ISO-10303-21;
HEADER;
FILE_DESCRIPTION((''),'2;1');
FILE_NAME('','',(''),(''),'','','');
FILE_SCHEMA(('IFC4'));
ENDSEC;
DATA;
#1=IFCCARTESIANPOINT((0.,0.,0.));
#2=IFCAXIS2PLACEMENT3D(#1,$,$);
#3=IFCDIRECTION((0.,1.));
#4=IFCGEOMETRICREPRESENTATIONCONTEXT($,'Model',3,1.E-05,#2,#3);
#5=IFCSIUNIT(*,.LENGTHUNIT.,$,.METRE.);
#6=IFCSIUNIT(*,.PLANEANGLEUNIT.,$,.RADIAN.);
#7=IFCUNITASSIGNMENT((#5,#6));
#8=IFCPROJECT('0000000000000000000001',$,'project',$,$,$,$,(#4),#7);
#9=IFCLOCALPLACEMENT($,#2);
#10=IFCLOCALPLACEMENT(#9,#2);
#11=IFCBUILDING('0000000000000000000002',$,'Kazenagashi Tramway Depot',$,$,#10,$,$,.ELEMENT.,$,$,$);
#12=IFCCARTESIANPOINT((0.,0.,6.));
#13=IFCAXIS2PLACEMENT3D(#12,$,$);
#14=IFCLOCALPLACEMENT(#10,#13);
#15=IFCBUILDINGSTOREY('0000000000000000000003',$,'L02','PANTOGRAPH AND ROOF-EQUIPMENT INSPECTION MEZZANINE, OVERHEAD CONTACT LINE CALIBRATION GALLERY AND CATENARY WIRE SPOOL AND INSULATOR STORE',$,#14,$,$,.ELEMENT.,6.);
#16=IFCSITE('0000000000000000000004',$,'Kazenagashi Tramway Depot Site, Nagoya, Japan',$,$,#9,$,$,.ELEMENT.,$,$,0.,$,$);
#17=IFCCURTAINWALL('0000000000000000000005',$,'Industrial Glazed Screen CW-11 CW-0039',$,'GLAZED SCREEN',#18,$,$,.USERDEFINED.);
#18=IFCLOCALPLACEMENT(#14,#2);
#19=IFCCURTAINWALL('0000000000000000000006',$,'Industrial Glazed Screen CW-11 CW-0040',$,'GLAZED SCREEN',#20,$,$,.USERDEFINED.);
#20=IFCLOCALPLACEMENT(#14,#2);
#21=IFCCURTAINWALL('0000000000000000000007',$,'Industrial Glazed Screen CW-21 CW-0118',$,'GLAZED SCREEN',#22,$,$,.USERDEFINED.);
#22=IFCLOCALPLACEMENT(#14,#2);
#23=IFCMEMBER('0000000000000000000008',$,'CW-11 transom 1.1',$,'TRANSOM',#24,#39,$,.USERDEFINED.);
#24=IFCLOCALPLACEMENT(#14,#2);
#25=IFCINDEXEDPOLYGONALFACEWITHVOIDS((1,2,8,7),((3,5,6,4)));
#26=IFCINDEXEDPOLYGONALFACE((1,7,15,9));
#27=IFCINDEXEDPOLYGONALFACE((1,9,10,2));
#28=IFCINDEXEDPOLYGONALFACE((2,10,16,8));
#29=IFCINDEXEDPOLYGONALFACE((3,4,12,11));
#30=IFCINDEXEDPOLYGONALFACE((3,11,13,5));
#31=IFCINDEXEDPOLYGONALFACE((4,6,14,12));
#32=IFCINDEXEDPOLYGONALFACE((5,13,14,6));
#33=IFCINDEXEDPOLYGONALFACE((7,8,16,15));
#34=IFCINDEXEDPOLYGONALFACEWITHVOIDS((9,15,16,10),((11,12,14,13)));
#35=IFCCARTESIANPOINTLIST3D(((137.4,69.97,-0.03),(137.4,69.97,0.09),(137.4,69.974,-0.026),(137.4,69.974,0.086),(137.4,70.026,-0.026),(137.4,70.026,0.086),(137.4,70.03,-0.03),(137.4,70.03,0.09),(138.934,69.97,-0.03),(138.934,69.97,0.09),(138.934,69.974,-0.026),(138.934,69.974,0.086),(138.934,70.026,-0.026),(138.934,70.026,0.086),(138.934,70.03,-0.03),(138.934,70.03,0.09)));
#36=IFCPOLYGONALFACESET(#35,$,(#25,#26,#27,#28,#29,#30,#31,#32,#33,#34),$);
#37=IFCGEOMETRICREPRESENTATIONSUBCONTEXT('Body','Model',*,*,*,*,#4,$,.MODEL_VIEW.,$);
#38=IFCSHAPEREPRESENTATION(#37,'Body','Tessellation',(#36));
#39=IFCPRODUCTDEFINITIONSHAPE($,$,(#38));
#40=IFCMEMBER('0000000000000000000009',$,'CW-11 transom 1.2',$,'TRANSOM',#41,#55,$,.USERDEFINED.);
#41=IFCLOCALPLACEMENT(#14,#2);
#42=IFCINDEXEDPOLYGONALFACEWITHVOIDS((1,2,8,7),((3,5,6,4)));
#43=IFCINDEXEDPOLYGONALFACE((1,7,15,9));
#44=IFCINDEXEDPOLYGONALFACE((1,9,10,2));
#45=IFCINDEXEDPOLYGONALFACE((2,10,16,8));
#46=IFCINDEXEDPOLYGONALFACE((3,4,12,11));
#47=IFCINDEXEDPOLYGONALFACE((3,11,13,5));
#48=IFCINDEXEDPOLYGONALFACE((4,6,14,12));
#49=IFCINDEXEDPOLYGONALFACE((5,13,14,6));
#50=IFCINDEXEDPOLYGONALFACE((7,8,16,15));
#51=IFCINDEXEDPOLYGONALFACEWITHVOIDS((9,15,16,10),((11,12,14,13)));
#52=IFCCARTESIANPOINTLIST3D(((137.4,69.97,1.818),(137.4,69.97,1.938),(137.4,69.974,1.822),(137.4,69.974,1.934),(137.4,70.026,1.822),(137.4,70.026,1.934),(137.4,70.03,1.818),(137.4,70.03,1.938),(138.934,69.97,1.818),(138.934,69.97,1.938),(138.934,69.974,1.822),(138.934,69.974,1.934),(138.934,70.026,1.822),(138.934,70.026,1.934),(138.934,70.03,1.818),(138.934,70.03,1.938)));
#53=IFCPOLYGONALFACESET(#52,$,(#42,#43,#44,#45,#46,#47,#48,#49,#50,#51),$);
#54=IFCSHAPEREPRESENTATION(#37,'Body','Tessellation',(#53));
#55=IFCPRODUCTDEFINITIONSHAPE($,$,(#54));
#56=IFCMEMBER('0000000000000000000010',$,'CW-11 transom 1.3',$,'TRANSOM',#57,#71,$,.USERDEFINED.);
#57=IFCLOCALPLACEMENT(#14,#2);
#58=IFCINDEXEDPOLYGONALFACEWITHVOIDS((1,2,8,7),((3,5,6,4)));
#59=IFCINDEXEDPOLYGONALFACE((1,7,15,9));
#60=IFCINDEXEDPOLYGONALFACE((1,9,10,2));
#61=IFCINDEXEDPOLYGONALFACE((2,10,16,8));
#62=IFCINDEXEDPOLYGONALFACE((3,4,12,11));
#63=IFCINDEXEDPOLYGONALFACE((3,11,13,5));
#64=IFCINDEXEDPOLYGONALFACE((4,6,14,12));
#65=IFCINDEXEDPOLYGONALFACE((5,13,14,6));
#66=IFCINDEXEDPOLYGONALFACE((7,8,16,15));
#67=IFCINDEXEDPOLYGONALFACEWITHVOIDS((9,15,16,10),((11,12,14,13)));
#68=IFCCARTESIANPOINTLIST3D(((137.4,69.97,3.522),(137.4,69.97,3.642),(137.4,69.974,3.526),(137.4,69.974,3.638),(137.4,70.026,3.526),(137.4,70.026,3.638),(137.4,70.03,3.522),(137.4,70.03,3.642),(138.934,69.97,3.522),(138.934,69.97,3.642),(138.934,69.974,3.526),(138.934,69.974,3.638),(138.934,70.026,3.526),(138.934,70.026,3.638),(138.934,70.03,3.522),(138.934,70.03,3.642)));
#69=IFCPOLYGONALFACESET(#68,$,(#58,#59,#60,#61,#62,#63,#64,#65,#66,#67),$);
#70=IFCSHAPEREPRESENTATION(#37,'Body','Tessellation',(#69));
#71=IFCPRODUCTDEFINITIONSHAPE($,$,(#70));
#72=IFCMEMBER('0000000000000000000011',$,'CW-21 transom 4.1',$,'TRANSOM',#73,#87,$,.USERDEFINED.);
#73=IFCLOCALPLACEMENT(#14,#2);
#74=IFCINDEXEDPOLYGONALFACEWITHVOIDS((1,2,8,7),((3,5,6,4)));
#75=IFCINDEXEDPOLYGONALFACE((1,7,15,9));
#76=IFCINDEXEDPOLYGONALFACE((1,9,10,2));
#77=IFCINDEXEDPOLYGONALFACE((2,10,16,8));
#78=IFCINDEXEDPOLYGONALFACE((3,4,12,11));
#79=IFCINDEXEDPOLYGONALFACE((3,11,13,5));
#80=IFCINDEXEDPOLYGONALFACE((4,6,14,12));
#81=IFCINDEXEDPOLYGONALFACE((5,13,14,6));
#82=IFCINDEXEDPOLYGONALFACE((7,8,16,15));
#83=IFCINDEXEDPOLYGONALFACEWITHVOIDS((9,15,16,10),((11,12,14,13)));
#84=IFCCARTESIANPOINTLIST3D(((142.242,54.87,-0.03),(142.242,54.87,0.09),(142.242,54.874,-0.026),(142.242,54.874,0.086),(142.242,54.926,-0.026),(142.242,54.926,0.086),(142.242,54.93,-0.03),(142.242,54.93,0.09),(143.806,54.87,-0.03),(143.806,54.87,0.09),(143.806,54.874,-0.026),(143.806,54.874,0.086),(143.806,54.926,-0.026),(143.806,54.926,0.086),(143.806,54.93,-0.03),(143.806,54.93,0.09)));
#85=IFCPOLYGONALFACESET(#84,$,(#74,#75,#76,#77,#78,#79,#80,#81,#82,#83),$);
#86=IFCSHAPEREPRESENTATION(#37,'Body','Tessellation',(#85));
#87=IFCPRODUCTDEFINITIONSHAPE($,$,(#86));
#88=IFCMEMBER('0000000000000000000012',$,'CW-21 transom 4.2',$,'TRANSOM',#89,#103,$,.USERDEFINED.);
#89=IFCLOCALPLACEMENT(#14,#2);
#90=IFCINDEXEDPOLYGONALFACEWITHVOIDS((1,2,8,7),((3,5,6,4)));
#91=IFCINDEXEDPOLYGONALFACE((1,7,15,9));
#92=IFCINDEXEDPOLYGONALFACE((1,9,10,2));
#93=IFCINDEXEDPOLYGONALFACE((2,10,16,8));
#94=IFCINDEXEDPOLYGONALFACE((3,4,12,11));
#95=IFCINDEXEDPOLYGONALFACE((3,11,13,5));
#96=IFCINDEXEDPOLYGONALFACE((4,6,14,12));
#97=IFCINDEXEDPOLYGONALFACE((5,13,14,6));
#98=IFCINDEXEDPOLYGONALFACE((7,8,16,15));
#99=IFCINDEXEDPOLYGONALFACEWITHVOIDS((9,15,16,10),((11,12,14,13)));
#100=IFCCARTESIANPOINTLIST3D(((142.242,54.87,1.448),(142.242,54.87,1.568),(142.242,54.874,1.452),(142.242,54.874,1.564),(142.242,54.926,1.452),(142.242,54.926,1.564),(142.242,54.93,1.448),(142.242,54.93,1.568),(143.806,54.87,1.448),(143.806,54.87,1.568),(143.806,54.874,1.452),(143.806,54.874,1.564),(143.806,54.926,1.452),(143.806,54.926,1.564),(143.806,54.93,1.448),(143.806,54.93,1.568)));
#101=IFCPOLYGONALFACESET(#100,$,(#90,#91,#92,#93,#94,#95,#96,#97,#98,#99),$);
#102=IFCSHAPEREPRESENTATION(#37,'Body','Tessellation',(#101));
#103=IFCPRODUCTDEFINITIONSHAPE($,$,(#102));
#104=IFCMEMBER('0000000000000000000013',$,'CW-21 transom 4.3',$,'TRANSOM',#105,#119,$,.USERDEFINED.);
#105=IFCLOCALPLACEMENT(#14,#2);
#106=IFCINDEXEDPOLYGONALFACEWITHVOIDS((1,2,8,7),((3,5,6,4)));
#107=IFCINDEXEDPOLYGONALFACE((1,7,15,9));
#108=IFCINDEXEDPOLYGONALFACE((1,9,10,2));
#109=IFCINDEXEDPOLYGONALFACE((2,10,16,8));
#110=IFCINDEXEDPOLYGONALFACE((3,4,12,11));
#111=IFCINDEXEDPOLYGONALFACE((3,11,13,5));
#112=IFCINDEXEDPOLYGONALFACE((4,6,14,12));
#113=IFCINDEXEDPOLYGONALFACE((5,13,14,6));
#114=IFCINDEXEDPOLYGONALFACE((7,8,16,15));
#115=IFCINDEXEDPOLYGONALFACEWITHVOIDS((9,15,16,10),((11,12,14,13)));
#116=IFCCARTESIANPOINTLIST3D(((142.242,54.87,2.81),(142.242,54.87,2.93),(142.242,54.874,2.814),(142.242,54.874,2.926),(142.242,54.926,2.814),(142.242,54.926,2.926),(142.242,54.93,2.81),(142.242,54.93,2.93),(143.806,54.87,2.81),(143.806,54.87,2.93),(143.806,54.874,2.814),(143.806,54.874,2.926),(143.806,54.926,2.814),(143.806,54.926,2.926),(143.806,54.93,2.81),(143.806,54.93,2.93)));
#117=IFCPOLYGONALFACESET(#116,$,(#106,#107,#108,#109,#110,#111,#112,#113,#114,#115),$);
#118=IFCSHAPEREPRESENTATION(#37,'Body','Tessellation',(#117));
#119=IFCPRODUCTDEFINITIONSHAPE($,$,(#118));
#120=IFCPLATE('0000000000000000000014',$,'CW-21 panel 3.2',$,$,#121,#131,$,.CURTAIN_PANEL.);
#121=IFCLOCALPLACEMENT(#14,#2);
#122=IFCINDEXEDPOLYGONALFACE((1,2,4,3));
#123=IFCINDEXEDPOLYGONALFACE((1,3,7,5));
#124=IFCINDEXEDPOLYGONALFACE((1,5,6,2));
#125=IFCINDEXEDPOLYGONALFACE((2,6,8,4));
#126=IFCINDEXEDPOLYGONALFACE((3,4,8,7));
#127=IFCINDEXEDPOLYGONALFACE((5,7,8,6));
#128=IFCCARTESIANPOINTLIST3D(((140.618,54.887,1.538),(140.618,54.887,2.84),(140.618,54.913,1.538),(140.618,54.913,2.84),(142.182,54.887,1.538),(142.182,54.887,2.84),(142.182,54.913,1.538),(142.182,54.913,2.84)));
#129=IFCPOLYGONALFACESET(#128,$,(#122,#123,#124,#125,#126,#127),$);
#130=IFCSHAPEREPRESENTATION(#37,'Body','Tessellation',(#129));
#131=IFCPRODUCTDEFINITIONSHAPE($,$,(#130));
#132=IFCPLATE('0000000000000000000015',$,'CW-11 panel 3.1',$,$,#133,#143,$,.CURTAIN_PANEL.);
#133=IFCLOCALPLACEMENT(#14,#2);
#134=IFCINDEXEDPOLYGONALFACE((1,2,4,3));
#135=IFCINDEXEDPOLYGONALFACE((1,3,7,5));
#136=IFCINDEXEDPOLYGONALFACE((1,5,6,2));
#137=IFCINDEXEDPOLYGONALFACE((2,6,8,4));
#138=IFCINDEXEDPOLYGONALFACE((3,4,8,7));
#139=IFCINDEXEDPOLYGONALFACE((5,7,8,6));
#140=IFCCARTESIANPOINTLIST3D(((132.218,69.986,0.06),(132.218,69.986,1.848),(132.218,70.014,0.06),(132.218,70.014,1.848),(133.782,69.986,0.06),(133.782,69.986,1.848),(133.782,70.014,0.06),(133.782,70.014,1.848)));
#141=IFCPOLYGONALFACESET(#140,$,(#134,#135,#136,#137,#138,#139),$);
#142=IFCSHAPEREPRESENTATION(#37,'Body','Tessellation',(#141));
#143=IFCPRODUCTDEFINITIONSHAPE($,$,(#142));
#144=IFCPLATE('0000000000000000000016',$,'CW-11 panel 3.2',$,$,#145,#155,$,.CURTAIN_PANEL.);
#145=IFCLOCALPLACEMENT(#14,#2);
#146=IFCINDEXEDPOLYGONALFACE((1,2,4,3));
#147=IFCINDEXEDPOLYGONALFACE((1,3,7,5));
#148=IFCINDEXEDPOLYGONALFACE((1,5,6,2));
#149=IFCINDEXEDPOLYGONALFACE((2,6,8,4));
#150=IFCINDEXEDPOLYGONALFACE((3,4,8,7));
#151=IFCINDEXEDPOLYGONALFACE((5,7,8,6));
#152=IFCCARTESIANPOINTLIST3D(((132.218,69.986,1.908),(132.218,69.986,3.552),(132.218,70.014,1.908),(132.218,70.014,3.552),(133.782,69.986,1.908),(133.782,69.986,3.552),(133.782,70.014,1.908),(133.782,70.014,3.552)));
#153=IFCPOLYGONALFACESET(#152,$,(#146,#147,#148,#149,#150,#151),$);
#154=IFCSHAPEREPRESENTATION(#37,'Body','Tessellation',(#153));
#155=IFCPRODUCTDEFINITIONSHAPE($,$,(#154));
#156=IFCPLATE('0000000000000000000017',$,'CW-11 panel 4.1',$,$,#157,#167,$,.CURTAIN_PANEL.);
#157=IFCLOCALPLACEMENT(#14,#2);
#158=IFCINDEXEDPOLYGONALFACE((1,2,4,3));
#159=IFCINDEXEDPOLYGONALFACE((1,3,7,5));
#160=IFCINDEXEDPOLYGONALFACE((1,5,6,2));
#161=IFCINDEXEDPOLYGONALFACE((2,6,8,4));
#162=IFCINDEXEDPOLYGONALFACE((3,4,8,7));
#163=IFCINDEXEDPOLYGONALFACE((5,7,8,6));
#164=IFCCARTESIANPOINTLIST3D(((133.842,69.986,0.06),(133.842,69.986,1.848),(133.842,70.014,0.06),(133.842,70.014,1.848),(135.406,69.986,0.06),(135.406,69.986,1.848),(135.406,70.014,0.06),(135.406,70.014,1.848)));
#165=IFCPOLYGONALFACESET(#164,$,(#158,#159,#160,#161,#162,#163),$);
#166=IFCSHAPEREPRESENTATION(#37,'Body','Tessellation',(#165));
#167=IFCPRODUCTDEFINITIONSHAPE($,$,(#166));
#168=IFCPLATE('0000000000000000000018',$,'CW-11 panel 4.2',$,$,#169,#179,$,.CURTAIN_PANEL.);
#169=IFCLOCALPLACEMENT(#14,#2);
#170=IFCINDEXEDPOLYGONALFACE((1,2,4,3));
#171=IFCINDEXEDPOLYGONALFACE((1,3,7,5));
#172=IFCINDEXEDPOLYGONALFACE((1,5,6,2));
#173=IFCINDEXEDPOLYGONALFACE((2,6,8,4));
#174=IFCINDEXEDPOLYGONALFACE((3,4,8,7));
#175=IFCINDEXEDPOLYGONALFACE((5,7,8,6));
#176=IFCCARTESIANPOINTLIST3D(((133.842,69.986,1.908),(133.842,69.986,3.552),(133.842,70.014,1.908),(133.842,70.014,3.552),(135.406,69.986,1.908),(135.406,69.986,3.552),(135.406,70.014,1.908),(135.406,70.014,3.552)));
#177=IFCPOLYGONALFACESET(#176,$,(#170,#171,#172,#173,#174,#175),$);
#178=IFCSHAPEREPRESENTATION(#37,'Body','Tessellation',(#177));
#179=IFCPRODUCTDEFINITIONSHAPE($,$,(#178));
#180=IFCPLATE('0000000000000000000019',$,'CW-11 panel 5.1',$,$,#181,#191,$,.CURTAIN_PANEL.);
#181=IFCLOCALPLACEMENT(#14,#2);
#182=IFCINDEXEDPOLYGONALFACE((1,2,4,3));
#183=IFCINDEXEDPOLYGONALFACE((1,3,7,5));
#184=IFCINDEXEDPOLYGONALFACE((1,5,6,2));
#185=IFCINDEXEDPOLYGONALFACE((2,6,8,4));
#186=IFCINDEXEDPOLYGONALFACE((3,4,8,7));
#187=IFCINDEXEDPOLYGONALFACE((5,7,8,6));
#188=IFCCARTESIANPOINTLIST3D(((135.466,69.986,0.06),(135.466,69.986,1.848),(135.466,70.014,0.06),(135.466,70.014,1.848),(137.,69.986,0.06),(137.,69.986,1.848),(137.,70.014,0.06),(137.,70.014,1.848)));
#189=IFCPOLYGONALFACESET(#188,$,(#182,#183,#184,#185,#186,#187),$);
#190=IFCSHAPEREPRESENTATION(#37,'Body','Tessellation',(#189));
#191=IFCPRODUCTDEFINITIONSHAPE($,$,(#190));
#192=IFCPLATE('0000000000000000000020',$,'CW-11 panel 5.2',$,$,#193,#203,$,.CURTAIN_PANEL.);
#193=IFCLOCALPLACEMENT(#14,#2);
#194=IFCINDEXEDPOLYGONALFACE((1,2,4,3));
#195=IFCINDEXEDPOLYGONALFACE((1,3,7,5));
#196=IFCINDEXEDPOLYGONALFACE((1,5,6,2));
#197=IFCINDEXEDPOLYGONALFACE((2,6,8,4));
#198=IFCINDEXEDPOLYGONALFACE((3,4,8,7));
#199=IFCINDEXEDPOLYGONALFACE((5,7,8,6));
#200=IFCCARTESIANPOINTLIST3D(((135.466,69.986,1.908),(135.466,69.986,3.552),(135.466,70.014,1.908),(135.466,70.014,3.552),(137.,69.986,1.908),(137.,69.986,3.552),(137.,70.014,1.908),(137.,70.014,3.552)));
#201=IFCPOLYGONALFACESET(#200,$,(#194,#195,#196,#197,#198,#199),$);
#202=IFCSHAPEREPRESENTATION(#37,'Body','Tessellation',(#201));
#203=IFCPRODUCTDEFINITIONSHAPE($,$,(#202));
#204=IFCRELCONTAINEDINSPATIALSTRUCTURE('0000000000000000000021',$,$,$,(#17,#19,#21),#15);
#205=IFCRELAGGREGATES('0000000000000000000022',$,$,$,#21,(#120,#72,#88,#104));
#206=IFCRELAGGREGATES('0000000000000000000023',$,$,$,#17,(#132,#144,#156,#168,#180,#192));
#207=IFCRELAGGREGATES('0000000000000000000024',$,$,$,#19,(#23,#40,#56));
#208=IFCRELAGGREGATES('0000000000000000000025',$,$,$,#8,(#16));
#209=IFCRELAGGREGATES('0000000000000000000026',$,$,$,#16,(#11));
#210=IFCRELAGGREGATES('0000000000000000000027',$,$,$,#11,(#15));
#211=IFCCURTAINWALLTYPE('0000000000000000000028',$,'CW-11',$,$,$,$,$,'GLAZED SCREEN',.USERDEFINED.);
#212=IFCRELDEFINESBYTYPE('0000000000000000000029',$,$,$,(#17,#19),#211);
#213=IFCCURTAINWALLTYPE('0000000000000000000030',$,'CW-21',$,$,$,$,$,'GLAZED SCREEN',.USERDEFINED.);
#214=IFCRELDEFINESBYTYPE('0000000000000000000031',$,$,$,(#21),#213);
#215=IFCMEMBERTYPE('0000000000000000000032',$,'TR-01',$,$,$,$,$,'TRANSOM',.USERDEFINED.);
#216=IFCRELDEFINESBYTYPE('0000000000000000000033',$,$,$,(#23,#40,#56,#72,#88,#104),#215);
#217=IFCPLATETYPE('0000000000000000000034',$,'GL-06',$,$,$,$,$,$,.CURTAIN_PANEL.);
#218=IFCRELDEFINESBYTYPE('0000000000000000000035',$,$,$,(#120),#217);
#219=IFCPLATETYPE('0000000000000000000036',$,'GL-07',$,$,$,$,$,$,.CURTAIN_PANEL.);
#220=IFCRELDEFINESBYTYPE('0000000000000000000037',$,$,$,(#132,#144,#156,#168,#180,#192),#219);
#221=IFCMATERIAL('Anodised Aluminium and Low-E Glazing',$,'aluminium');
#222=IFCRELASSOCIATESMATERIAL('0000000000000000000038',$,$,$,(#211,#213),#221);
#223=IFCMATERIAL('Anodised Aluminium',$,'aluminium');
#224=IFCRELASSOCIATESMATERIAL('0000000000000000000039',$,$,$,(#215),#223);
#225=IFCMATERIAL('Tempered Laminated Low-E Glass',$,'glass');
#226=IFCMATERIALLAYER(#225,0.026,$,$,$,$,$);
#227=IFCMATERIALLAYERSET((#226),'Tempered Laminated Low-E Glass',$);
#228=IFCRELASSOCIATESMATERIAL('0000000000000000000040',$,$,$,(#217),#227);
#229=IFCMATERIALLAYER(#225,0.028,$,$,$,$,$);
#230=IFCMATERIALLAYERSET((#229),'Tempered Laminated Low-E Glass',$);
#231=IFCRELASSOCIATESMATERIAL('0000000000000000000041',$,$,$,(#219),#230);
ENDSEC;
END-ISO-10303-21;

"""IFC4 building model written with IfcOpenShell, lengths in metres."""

from ifc_helpers import new_model, si_unit, direction, frame, origin, origin_2d, place, context, subcontext, project, spatial, rectangle, hollow_rectangle, extrude, material, layer, layer_set, material_profile, profile_set, type_object, element, aggregate, save


model = new_model("IFC4")

# Units and contexts
model_context = context("Model", 3, precision=1e-05, world=origin(), true_north=direction((0.0, 1.0)))
body_context = subcontext(model_context, "Body", "Model", "MODEL_VIEW")
ifc_project = project(units=[si_unit("LENGTHUNIT", "METRE"), si_unit("PLANEANGLEUNIT", "RADIAN")], contexts=[model_context])

# Site, building, storey
site_placement = place(None, origin())
site = spatial("IfcSite", under=ifc_project, at=site_placement, Name="Kazenagashi Tramway Depot Site, Nagoya, Japan", CompositionType="ELEMENT", RefElevation=0.0)
building_placement = place(site_placement, origin())
building = spatial("IfcBuilding", under=site, at=building_placement, Name="Kazenagashi Tramway Depot", CompositionType="ELEMENT")
storey_placement = place(building_placement, frame((0.0, 0.0, 6.0)))
storey = spatial("IfcBuildingStorey", under=building, at=storey_placement, Name="L02", Description="PANTOGRAPH AND ROOF-EQUIPMENT INSPECTION MEZZANINE, OVERHEAD CONTACT LINE CALIBRATION GALLERY AND CATENARY WIRE SPOOL AND INSULATOR STORE", CompositionType="ELEMENT", Elevation=6.0)

# Curtain walls
ifc_material_1 = material(Name="Anodised Aluminium and Low-E Glazing", Category="aluminium")
curtain_wall_type_1 = type_object("IfcCurtainWallType", Name="CW-11", ElementType="GLAZED SCREEN", PredefinedType="USERDEFINED", material=ifc_material_1)
curtain_wall_1_placement = place(storey_placement, origin())
curtain_wall_1 = element("IfcCurtainWall", 1, at=curtain_wall_1_placement, inside=storey, type_object=curtain_wall_type_1, Name="Industrial Glazed Screen CW-11 CW-0039", ObjectType="GLAZED SCREEN", PredefinedType="USERDEFINED")
ifc_material_2 = material(Name="Anodised Aluminium", Category="aluminium")
curtain_wall_2_placement = place(storey_placement, origin())
curtain_wall_2 = element("IfcCurtainWall", 2, at=curtain_wall_2_placement, inside=storey, type_object=curtain_wall_type_1, Name="Industrial Glazed Screen CW-11 CW-0040", ObjectType="GLAZED SCREEN", PredefinedType="USERDEFINED")

# Curtain wall
curtain_wall_type_2 = type_object("IfcCurtainWallType", Name="CW-21", ElementType="GLAZED SCREEN", PredefinedType="USERDEFINED", material=ifc_material_1)
curtain_wall_3_placement = place(storey_placement, origin())
curtain_wall_3 = element("IfcCurtainWall", 3, at=curtain_wall_3_placement, inside=storey, type_object=curtain_wall_type_2, Name="Industrial Glazed Screen CW-21 CW-0118", ObjectType="GLAZED SCREEN", PredefinedType="USERDEFINED")

# Members
ifc_material_profile_1 = material_profile(ifc_material_2, hollow_rectangle(XDim=0.06, YDim=0.12, WallThickness=0.004, at=origin_2d()), Name="RHS-120x60x4")
ifc_profile_set_1 = profile_set([ifc_material_profile_1], Name="Anodised Aluminium")
member_type_1 = type_object("IfcMemberType", Name="TR-01", ElementType="TRANSOM", PredefinedType="USERDEFINED", material=ifc_profile_set_1)
member_1_placement = place(storey_placement, frame((137.4, 70.0, 0.03), z_axis=(1.0, 0.0, 0.0), x_axis=(0.0, 1.0, 0.0)))
member_1 = element("IfcMember", 4, at=member_1_placement, type_object=member_type_1, Name="CW-11 transom 1.1", ObjectType="TRANSOM", PredefinedType="USERDEFINED", context=body_context, shape_type="SweptSolid", body=[
    extrude(hollow_rectangle(XDim=0.06, YDim=0.12, WallThickness=0.004, at=origin_2d()), origin(), (0.0, 0.0, 1.0), 1.534),
])
member_2_placement = place(storey_placement, frame((137.4, 70.0, 1.878), z_axis=(1.0, 0.0, 0.0), x_axis=(0.0, 1.0, 0.0)))
member_2 = element("IfcMember", 5, at=member_2_placement, type_object=member_type_1, Name="CW-11 transom 1.2", ObjectType="TRANSOM", PredefinedType="USERDEFINED", context=body_context, shape_type="SweptSolid", body=[
    extrude(hollow_rectangle(XDim=0.06, YDim=0.12, WallThickness=0.004, at=origin_2d()), origin(), (0.0, 0.0, 1.0), 1.534),
])
member_3_placement = place(storey_placement, frame((137.4, 70.0, 3.582), z_axis=(1.0, 0.0, 0.0), x_axis=(0.0, 1.0, 0.0)))
member_3 = element("IfcMember", 6, at=member_3_placement, type_object=member_type_1, Name="CW-11 transom 1.3", ObjectType="TRANSOM", PredefinedType="USERDEFINED", context=body_context, shape_type="SweptSolid", body=[
    extrude(hollow_rectangle(XDim=0.06, YDim=0.12, WallThickness=0.004, at=origin_2d()), origin(), (0.0, 0.0, 1.0), 1.534),
])
member_4_placement = place(storey_placement, frame((142.242, 54.9, 0.03), z_axis=(1.0, 0.0, 0.0), x_axis=(0.0, 1.0, 0.0)))
member_4 = element("IfcMember", 7, at=member_4_placement, type_object=member_type_1, Name="CW-21 transom 4.1", ObjectType="TRANSOM", PredefinedType="USERDEFINED", context=body_context, shape_type="SweptSolid", body=[
    extrude(hollow_rectangle(XDim=0.06, YDim=0.12, WallThickness=0.004, at=origin_2d()), origin(), (0.0, 0.0, 1.0), 1.564),
])
member_5_placement = place(storey_placement, frame((142.242, 54.9, 1.508), z_axis=(1.0, 0.0, 0.0), x_axis=(0.0, 1.0, 0.0)))
member_5 = element("IfcMember", 8, at=member_5_placement, type_object=member_type_1, Name="CW-21 transom 4.2", ObjectType="TRANSOM", PredefinedType="USERDEFINED", context=body_context, shape_type="SweptSolid", body=[
    extrude(hollow_rectangle(XDim=0.06, YDim=0.12, WallThickness=0.004, at=origin_2d()), origin(), (0.0, 0.0, 1.0), 1.564),
])
member_6_placement = place(storey_placement, frame((142.242, 54.9, 2.87), z_axis=(1.0, 0.0, 0.0), x_axis=(0.0, 1.0, 0.0)))
member_6 = element("IfcMember", 9, at=member_6_placement, type_object=member_type_1, Name="CW-21 transom 4.3", ObjectType="TRANSOM", PredefinedType="USERDEFINED", context=body_context, shape_type="SweptSolid", body=[
    extrude(hollow_rectangle(XDim=0.06, YDim=0.12, WallThickness=0.004, at=origin_2d()), origin(), (0.0, 0.0, 1.0), 1.564),
])

# Plates
ifc_material_3 = material(Name="Tempered Laminated Low-E Glass", Category="glass")
ifc_layer_1 = layer(ifc_material_3, 0.026)
ifc_layer_set_1 = layer_set([ifc_layer_1], Name="Tempered Laminated Low-E Glass")
plate_type_1 = type_object("IfcPlateType", Name="GL-06", PredefinedType="CURTAIN_PANEL", material=ifc_layer_set_1)
plate_1_placement = place(storey_placement, frame((141.4, 54.9, 1.538), z_axis=(0.0, 0.0, 1.0), x_axis=(1.0, 0.0, 0.0)))
plate_1 = element("IfcPlate", 10, at=plate_1_placement, type_object=plate_type_1, Name="CW-21 panel 3.2", PredefinedType="CURTAIN_PANEL", context=body_context, shape_type="SweptSolid", body=[
    extrude(rectangle(XDim=1.564, YDim=0.026, at=origin_2d()), origin(), (0.0, 0.0, 1.0), 1.302),
])
aggregate(curtain_wall_3, [plate_1, member_4, member_5, member_6])
ifc_layer_2 = layer(ifc_material_3, 0.028)
ifc_layer_set_2 = layer_set([ifc_layer_2], Name="Tempered Laminated Low-E Glass")
plate_type_2 = type_object("IfcPlateType", Name="GL-07", PredefinedType="CURTAIN_PANEL", material=ifc_layer_set_2)
plate_2_placement = place(storey_placement, frame((133.0, 70.0, 0.06), z_axis=(0.0, 0.0, 1.0), x_axis=(1.0, 0.0, 0.0)))
plate_2 = element("IfcPlate", 11, at=plate_2_placement, type_object=plate_type_2, Name="CW-11 panel 3.1", PredefinedType="CURTAIN_PANEL", context=body_context, shape_type="SweptSolid", body=[
    extrude(rectangle(XDim=1.564, YDim=0.028, at=origin_2d()), origin(), (0.0, 0.0, 1.0), 1.788),
])
plate_3_placement = place(storey_placement, frame((133.0, 70.0, 1.908), z_axis=(0.0, 0.0, 1.0), x_axis=(1.0, 0.0, 0.0)))
plate_3 = element("IfcPlate", 12, at=plate_3_placement, type_object=plate_type_2, Name="CW-11 panel 3.2", PredefinedType="CURTAIN_PANEL", context=body_context, shape_type="SweptSolid", body=[
    extrude(rectangle(XDim=1.564, YDim=0.028, at=origin_2d()), origin(), (0.0, 0.0, 1.0), 1.644),
])
plate_4_placement = place(storey_placement, frame((134.624, 70.0, 0.06), z_axis=(0.0, 0.0, 1.0), x_axis=(1.0, 0.0, 0.0)))
plate_4 = element("IfcPlate", 13, at=plate_4_placement, type_object=plate_type_2, Name="CW-11 panel 4.1", PredefinedType="CURTAIN_PANEL", context=body_context, shape_type="SweptSolid", body=[
    extrude(rectangle(XDim=1.564, YDim=0.028, at=origin_2d()), origin(), (0.0, 0.0, 1.0), 1.788),
])
plate_5_placement = place(storey_placement, frame((134.624, 70.0, 1.908), z_axis=(0.0, 0.0, 1.0), x_axis=(1.0, 0.0, 0.0)))
plate_5 = element("IfcPlate", 14, at=plate_5_placement, type_object=plate_type_2, Name="CW-11 panel 4.2", PredefinedType="CURTAIN_PANEL", context=body_context, shape_type="SweptSolid", body=[
    extrude(rectangle(XDim=1.564, YDim=0.028, at=origin_2d()), origin(), (0.0, 0.0, 1.0), 1.644),
])
plate_6_placement = place(storey_placement, frame((136.233, 70.0, 0.06), z_axis=(0.0, 0.0, 1.0), x_axis=(1.0, 0.0, 0.0)))
plate_6 = element("IfcPlate", 15, at=plate_6_placement, type_object=plate_type_2, Name="CW-11 panel 5.1", PredefinedType="CURTAIN_PANEL", context=body_context, shape_type="SweptSolid", body=[
    extrude(rectangle(XDim=1.534, YDim=0.028, at=origin_2d()), origin(), (0.0, 0.0, 1.0), 1.788),
])
plate_7_placement = place(storey_placement, frame((136.233, 70.0, 1.908), z_axis=(0.0, 0.0, 1.0), x_axis=(1.0, 0.0, 0.0)))
plate_7 = element("IfcPlate", 16, at=plate_7_placement, type_object=plate_type_2, Name="CW-11 panel 5.2", PredefinedType="CURTAIN_PANEL", context=body_context, shape_type="SweptSolid", body=[
    extrude(rectangle(XDim=1.534, YDim=0.028, at=origin_2d()), origin(), (0.0, 0.0, 1.0), 1.644),
])
aggregate(curtain_wall_1, [plate_2, plate_3, plate_4, plate_5, plate_6, plate_7])
aggregate(curtain_wall_2, [member_1, member_2, member_3])

save(model, "model.ifc")
